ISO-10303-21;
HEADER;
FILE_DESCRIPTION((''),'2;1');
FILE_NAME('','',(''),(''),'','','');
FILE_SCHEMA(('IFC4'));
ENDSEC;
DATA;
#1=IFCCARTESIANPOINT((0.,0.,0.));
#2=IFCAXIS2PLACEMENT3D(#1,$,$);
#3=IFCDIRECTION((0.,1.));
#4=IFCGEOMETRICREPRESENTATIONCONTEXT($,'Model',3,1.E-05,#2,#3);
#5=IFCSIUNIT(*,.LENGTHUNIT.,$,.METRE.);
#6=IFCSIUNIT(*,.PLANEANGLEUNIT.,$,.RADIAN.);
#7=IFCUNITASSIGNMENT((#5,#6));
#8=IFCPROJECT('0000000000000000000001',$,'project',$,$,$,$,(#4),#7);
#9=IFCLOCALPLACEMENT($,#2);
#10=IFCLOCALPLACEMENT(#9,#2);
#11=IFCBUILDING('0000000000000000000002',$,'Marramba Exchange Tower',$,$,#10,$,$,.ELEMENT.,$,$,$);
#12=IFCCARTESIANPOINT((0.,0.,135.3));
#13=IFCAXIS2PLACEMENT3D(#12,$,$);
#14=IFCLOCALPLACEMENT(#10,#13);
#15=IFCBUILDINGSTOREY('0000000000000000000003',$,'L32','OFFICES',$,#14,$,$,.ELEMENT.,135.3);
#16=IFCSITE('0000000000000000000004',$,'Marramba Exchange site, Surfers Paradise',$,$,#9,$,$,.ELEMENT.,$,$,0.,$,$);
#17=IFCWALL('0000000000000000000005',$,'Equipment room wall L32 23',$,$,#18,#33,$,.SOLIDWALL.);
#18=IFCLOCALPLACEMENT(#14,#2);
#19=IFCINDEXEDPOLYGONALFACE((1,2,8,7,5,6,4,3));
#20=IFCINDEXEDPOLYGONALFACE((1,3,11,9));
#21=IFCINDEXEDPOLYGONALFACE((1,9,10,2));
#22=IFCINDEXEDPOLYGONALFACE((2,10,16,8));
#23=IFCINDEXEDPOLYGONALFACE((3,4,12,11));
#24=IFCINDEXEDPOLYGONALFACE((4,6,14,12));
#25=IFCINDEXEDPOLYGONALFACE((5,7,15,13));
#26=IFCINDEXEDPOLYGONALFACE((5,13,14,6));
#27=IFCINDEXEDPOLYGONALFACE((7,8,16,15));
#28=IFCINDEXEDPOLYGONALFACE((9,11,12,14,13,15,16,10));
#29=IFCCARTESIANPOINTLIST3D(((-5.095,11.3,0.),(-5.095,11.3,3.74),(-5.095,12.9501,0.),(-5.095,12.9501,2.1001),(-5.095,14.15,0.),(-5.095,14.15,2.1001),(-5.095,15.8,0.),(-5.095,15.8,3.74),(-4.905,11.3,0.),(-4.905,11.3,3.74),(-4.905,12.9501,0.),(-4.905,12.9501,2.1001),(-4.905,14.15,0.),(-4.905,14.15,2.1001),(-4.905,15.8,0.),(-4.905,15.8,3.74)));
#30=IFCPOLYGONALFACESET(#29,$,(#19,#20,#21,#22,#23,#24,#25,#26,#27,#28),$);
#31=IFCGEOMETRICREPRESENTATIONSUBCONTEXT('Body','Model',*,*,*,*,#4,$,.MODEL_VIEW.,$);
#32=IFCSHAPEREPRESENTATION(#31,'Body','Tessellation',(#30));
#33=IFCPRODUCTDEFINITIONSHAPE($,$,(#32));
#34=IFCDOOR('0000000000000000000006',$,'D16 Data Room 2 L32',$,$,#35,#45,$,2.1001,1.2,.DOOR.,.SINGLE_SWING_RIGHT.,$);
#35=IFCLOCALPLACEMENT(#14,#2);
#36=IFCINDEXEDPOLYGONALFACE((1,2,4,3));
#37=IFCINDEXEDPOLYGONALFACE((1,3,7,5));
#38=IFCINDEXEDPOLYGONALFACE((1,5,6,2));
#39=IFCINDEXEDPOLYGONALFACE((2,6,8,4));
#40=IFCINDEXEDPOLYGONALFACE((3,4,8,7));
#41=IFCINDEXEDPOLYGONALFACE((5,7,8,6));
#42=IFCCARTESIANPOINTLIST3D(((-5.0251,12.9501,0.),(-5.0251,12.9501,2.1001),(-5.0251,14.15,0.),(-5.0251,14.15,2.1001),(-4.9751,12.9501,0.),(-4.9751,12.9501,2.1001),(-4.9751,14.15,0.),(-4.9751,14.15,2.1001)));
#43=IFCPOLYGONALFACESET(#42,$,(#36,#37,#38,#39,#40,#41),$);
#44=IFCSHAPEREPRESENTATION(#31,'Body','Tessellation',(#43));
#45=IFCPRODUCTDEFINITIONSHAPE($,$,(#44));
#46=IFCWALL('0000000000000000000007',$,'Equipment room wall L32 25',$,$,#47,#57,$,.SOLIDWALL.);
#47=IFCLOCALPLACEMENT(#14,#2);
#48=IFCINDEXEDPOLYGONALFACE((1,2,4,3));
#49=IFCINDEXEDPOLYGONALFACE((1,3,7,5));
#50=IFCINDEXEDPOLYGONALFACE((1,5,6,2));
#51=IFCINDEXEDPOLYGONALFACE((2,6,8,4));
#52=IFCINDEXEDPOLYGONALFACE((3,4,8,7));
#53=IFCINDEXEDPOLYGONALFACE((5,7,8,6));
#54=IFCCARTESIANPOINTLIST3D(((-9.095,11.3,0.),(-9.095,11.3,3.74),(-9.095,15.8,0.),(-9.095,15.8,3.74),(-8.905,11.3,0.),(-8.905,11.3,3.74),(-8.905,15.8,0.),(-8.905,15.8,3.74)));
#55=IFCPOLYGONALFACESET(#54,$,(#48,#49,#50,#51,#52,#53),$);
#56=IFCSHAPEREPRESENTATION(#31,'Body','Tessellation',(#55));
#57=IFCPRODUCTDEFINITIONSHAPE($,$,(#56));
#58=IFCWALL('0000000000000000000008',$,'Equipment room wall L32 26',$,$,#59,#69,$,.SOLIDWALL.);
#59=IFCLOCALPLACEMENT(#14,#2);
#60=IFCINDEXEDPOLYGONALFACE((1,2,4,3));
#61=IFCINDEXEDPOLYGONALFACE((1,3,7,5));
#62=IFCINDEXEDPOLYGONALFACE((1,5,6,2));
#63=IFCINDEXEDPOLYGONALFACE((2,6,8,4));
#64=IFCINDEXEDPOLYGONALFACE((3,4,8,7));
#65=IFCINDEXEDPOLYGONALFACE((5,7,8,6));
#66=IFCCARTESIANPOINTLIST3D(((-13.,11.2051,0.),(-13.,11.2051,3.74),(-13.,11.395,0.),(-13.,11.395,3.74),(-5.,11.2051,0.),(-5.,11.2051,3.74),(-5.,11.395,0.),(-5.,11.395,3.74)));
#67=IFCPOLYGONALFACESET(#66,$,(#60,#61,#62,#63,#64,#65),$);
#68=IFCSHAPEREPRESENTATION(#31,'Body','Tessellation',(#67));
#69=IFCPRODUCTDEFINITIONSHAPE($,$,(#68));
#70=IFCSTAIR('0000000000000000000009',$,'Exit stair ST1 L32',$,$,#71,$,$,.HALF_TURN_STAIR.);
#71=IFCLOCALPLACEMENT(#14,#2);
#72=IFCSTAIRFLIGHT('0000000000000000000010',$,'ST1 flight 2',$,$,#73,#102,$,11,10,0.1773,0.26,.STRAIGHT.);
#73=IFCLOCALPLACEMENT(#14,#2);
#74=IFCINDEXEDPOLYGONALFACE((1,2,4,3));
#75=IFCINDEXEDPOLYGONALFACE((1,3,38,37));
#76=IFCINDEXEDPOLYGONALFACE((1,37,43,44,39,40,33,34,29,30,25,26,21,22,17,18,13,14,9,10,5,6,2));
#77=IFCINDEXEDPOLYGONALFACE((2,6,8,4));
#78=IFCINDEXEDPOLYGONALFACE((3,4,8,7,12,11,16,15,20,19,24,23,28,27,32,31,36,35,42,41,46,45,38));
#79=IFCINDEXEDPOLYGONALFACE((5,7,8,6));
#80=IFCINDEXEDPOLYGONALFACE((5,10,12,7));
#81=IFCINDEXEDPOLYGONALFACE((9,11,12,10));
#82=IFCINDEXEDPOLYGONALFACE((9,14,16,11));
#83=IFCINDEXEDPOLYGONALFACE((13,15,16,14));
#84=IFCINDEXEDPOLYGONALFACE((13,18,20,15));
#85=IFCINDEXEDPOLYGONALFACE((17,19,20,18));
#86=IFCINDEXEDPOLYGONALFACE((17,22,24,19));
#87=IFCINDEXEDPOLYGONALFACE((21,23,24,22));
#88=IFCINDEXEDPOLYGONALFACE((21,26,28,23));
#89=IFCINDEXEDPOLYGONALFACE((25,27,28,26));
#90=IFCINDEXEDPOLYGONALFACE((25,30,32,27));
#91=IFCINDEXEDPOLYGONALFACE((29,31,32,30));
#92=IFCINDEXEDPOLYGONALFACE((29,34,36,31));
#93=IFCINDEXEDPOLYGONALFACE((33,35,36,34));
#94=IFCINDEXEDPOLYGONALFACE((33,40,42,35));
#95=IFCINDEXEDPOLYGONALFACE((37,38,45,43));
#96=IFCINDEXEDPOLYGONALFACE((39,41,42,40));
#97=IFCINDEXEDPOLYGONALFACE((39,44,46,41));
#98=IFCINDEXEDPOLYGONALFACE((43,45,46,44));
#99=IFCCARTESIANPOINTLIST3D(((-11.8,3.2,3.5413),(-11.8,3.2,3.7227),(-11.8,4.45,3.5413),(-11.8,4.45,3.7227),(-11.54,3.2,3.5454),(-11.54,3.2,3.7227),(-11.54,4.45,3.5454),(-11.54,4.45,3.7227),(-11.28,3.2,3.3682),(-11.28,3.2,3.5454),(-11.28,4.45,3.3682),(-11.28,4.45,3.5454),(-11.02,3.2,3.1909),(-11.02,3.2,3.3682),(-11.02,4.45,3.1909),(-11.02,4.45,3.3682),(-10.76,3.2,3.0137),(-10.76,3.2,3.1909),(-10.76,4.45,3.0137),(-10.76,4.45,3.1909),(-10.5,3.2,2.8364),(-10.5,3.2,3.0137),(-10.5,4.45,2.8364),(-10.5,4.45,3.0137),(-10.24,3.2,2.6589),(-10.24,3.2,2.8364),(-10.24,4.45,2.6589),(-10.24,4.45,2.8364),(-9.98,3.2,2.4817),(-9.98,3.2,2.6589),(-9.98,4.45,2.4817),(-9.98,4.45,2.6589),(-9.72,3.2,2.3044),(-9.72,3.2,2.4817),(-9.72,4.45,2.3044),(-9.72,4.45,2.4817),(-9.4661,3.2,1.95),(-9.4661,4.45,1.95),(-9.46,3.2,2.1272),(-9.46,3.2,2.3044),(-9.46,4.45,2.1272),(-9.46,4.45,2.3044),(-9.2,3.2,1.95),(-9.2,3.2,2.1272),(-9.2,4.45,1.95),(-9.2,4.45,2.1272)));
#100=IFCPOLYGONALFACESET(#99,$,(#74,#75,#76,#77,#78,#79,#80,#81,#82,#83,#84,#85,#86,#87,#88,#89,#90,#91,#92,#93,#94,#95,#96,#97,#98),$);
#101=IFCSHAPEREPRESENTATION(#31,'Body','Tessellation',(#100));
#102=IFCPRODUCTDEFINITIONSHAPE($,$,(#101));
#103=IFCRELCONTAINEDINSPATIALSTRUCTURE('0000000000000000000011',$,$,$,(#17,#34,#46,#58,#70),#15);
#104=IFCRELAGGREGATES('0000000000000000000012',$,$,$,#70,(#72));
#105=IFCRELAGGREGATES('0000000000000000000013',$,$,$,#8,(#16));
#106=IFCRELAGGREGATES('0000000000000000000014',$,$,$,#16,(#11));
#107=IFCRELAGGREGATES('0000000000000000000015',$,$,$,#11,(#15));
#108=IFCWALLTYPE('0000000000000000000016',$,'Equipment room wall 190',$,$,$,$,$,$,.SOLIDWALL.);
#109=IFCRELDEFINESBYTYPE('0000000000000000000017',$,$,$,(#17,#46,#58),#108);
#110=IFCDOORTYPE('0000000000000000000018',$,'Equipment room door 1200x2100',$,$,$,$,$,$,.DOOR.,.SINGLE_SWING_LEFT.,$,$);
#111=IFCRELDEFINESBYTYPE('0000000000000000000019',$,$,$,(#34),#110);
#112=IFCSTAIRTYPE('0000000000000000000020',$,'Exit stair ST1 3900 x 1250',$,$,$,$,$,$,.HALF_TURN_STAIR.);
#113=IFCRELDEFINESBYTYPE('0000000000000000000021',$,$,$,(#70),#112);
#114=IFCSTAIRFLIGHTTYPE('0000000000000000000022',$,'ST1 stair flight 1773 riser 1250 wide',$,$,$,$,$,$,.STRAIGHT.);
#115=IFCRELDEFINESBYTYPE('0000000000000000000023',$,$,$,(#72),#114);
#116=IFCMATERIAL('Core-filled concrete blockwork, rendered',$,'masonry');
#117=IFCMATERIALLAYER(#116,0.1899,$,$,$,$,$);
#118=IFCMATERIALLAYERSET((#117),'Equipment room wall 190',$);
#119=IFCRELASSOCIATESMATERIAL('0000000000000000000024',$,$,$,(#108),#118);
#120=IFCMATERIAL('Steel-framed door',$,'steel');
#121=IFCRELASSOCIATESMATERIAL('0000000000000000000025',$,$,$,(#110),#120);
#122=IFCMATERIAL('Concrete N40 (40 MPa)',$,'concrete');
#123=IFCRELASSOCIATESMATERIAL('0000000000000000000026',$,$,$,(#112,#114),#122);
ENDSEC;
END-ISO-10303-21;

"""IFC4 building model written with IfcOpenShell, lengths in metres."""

from ifc_helpers import new_model, si_unit, direction, frame, frame_2d, origin, place, context, subcontext, project, spatial, polyline, rectangle, outline, extrude, material, layer, layer_set, type_object, element, fill, aggregate, save


model = new_model("IFC4")

# Units and contexts
model_context = context("Model", 3, precision=1e-05, world=origin(), true_north=direction((0.0, 1.0)))
body_context = subcontext(model_context, "Body", "Model", "MODEL_VIEW")
ifc_project = project(units=[si_unit("LENGTHUNIT", "METRE"), si_unit("PLANEANGLEUNIT", "RADIAN")], contexts=[model_context])

# Site, building, storey
site_placement = place(None, origin())
site = spatial("IfcSite", under=ifc_project, at=site_placement, Name="Marramba Exchange site, Surfers Paradise", CompositionType="ELEMENT", RefElevation=0.0)
building_placement = place(site_placement, origin())
building = spatial("IfcBuilding", under=site, at=building_placement, Name="Marramba Exchange Tower", CompositionType="ELEMENT")
storey_placement = place(building_placement, frame((0.0, 0.0, 135.3)))
storey = spatial("IfcBuildingStorey", under=building, at=storey_placement, Name="L32", Description="OFFICES", CompositionType="ELEMENT", Elevation=135.3)

# Wall, opening, door
ifc_material_1 = material(Name="Core-filled concrete blockwork, rendered", Category="masonry")
ifc_layer_1 = layer(ifc_material_1, 0.1899)
ifc_layer_set_1 = layer_set([ifc_layer_1], Name="Equipment room wall 190")
wall_type_1 = type_object("IfcWallType", Name="Equipment room wall 190", PredefinedType="SOLIDWALL", material=ifc_layer_set_1)
wall_1_placement = place(storey_placement, frame((-5.0, 15.8, 0.0), z_axis=(0.0, 0.0, 1.0), x_axis=(0.0, -1.0, 0.0)))
wall_1 = element("IfcWall", 1, at=wall_1_placement, inside=storey, type_object=wall_type_1, Name="Equipment room wall L32 23", PredefinedType="SOLIDWALL", context=body_context, shape_type="SweptSolid", body=[
    extrude(rectangle(XDim=4.5, YDim=0.1899, at=frame_2d((2.25, 0.0))), origin(), (0.0, 0.0, 1.0), 3.74),
])
opening_1_placement = place(wall_1_placement, frame((1.6499, 0.0, 0.0)))
opening_1 = element("IfcOpeningElement", 2, at=opening_1_placement, cuts=wall_1, PredefinedType="OPENING", context=body_context, shape_type="SweptSolid", body=[
    extrude(rectangle(XDim=1.2, YDim=2.1001, at=frame_2d((0.6001, 1.05))), frame((0.0, 0.105, 0.0), z_axis=(0.0, -1.0, 0.0), x_axis=(1.0, 0.0, 0.0)), (0.0, 0.0, 1.0), 0.21),
])
ifc_material_2 = material(Name="Steel-framed door", Category="steel")
door_type_1 = type_object("IfcDoorType", Name="Equipment room door 1200x2100", OperationType="SINGLE_SWING_LEFT", PredefinedType="DOOR", material=ifc_material_2)
door_1_placement = place(opening_1_placement, frame((1.2, 0.0, 0.0), z_axis=(0.0, 0.0, 1.0), x_axis=(-1.0, 0.0, 0.0)))
door_1 = element("IfcDoor", 3, at=door_1_placement, inside=storey, type_object=door_type_1, Name="D16 Data Room 2 L32", OperationType="SINGLE_SWING_RIGHT", OverallHeight=2.1001, OverallWidth=1.2, PredefinedType="DOOR", context=body_context, shape_type="SweptSolid", body=[
    extrude(rectangle(XDim=1.2, YDim=2.1001, at=frame_2d((0.5999, 1.05))), frame((0.0, 0.0251, 0.0), z_axis=(0.0, -1.0, 0.0), x_axis=(1.0, 0.0, 0.0)), (0.0, 0.0, 1.0), 0.05),
])
fill(opening_1, door_1)

# Walls
wall_2_placement = place(storey_placement, frame((-9.0, 15.8, 0.0), z_axis=(0.0, 0.0, 1.0), x_axis=(0.0, -1.0, 0.0)))
element("IfcWall", 4, at=wall_2_placement, inside=storey, type_object=wall_type_1, Name="Equipment room wall L32 25", PredefinedType="SOLIDWALL", context=body_context, shape_type="SweptSolid", body=[
    extrude(rectangle(XDim=4.5, YDim=0.1899, at=frame_2d((2.25, 0.0))), origin(), (0.0, 0.0, 1.0), 3.74),
])
wall_3_placement = place(storey_placement, frame((-5.0, 11.3, 0.0), z_axis=(0.0, 0.0, 1.0), x_axis=(-1.0, 0.0, 0.0)))
element("IfcWall", 5, at=wall_3_placement, inside=storey, type_object=wall_type_1, Name="Equipment room wall L32 26", PredefinedType="SOLIDWALL", context=body_context, shape_type="SweptSolid", body=[
    extrude(rectangle(XDim=8.0, YDim=0.1899, at=frame_2d((4.0, 0.0))), origin(), (0.0, 0.0, 1.0), 3.74),
])

# Stair, stair flight
ifc_material_3 = material(Name="Concrete N40 (40 MPa)", Category="concrete")
stair_type = type_object("IfcStairType", Name="Exit stair ST1 3900 x 1250", PredefinedType="HALF_TURN_STAIR", material=ifc_material_3)
stair_placement = place(storey_placement, origin())
stair = element("IfcStair", 6, at=stair_placement, inside=storey, type_object=stair_type, Name="Exit stair ST1 L32", PredefinedType="HALF_TURN_STAIR")
stair_flight_type = type_object("IfcStairFlightType", Name="ST1 stair flight 1773 riser 1250 wide", PredefinedType="STRAIGHT", material=ifc_material_3)
stair_flight_placement = place(storey_placement, frame((-9.2, 3.825, 1.95), z_axis=(0.0, 0.0, 1.0), x_axis=(-1.0, 0.0, 0.0)))
stair_flight = element("IfcStairFlight", 7, at=stair_flight_placement, type_object=stair_flight_type, Name="ST1 flight 2", NumberOfRisers=11, NumberOfTreads=10, PredefinedType="STRAIGHT", RiserHeight=0.1773, TreadLength=0.26, context=body_context, shape_type="SweptSolid", body=[
    extrude(outline(polyline([(0.0, 0.0), (0.0, 0.1772), (0.26, 0.1772), (0.26, 0.3545), (0.52, 0.3545), (0.52, 0.5317), (0.78, 0.5317), (0.78, 0.709), (1.04, 0.709), (1.04, 0.8865), (1.3, 0.8865), (1.3, 1.0637), (1.5601, 1.0637), (1.5601, 1.241), (1.8201, 1.241), (1.8201, 1.4182), (2.0801, 1.4182), (2.0801, 1.5955), (2.3401, 1.5955), (2.3401, 1.7727), (2.6001, 1.7727), (2.6001, 1.95), (2.6001, 1.5913), (0.2661, 0.0), (0.0, 0.0)])), frame((0.0, 0.625, 0.0), z_axis=(0.0, -1.0, 0.0), x_axis=(1.0, 0.0, 0.0)), (0.0, 0.0, 1.0), 1.25),
])
aggregate(stair, [stair_flight])

save(model, "model.ifc")
